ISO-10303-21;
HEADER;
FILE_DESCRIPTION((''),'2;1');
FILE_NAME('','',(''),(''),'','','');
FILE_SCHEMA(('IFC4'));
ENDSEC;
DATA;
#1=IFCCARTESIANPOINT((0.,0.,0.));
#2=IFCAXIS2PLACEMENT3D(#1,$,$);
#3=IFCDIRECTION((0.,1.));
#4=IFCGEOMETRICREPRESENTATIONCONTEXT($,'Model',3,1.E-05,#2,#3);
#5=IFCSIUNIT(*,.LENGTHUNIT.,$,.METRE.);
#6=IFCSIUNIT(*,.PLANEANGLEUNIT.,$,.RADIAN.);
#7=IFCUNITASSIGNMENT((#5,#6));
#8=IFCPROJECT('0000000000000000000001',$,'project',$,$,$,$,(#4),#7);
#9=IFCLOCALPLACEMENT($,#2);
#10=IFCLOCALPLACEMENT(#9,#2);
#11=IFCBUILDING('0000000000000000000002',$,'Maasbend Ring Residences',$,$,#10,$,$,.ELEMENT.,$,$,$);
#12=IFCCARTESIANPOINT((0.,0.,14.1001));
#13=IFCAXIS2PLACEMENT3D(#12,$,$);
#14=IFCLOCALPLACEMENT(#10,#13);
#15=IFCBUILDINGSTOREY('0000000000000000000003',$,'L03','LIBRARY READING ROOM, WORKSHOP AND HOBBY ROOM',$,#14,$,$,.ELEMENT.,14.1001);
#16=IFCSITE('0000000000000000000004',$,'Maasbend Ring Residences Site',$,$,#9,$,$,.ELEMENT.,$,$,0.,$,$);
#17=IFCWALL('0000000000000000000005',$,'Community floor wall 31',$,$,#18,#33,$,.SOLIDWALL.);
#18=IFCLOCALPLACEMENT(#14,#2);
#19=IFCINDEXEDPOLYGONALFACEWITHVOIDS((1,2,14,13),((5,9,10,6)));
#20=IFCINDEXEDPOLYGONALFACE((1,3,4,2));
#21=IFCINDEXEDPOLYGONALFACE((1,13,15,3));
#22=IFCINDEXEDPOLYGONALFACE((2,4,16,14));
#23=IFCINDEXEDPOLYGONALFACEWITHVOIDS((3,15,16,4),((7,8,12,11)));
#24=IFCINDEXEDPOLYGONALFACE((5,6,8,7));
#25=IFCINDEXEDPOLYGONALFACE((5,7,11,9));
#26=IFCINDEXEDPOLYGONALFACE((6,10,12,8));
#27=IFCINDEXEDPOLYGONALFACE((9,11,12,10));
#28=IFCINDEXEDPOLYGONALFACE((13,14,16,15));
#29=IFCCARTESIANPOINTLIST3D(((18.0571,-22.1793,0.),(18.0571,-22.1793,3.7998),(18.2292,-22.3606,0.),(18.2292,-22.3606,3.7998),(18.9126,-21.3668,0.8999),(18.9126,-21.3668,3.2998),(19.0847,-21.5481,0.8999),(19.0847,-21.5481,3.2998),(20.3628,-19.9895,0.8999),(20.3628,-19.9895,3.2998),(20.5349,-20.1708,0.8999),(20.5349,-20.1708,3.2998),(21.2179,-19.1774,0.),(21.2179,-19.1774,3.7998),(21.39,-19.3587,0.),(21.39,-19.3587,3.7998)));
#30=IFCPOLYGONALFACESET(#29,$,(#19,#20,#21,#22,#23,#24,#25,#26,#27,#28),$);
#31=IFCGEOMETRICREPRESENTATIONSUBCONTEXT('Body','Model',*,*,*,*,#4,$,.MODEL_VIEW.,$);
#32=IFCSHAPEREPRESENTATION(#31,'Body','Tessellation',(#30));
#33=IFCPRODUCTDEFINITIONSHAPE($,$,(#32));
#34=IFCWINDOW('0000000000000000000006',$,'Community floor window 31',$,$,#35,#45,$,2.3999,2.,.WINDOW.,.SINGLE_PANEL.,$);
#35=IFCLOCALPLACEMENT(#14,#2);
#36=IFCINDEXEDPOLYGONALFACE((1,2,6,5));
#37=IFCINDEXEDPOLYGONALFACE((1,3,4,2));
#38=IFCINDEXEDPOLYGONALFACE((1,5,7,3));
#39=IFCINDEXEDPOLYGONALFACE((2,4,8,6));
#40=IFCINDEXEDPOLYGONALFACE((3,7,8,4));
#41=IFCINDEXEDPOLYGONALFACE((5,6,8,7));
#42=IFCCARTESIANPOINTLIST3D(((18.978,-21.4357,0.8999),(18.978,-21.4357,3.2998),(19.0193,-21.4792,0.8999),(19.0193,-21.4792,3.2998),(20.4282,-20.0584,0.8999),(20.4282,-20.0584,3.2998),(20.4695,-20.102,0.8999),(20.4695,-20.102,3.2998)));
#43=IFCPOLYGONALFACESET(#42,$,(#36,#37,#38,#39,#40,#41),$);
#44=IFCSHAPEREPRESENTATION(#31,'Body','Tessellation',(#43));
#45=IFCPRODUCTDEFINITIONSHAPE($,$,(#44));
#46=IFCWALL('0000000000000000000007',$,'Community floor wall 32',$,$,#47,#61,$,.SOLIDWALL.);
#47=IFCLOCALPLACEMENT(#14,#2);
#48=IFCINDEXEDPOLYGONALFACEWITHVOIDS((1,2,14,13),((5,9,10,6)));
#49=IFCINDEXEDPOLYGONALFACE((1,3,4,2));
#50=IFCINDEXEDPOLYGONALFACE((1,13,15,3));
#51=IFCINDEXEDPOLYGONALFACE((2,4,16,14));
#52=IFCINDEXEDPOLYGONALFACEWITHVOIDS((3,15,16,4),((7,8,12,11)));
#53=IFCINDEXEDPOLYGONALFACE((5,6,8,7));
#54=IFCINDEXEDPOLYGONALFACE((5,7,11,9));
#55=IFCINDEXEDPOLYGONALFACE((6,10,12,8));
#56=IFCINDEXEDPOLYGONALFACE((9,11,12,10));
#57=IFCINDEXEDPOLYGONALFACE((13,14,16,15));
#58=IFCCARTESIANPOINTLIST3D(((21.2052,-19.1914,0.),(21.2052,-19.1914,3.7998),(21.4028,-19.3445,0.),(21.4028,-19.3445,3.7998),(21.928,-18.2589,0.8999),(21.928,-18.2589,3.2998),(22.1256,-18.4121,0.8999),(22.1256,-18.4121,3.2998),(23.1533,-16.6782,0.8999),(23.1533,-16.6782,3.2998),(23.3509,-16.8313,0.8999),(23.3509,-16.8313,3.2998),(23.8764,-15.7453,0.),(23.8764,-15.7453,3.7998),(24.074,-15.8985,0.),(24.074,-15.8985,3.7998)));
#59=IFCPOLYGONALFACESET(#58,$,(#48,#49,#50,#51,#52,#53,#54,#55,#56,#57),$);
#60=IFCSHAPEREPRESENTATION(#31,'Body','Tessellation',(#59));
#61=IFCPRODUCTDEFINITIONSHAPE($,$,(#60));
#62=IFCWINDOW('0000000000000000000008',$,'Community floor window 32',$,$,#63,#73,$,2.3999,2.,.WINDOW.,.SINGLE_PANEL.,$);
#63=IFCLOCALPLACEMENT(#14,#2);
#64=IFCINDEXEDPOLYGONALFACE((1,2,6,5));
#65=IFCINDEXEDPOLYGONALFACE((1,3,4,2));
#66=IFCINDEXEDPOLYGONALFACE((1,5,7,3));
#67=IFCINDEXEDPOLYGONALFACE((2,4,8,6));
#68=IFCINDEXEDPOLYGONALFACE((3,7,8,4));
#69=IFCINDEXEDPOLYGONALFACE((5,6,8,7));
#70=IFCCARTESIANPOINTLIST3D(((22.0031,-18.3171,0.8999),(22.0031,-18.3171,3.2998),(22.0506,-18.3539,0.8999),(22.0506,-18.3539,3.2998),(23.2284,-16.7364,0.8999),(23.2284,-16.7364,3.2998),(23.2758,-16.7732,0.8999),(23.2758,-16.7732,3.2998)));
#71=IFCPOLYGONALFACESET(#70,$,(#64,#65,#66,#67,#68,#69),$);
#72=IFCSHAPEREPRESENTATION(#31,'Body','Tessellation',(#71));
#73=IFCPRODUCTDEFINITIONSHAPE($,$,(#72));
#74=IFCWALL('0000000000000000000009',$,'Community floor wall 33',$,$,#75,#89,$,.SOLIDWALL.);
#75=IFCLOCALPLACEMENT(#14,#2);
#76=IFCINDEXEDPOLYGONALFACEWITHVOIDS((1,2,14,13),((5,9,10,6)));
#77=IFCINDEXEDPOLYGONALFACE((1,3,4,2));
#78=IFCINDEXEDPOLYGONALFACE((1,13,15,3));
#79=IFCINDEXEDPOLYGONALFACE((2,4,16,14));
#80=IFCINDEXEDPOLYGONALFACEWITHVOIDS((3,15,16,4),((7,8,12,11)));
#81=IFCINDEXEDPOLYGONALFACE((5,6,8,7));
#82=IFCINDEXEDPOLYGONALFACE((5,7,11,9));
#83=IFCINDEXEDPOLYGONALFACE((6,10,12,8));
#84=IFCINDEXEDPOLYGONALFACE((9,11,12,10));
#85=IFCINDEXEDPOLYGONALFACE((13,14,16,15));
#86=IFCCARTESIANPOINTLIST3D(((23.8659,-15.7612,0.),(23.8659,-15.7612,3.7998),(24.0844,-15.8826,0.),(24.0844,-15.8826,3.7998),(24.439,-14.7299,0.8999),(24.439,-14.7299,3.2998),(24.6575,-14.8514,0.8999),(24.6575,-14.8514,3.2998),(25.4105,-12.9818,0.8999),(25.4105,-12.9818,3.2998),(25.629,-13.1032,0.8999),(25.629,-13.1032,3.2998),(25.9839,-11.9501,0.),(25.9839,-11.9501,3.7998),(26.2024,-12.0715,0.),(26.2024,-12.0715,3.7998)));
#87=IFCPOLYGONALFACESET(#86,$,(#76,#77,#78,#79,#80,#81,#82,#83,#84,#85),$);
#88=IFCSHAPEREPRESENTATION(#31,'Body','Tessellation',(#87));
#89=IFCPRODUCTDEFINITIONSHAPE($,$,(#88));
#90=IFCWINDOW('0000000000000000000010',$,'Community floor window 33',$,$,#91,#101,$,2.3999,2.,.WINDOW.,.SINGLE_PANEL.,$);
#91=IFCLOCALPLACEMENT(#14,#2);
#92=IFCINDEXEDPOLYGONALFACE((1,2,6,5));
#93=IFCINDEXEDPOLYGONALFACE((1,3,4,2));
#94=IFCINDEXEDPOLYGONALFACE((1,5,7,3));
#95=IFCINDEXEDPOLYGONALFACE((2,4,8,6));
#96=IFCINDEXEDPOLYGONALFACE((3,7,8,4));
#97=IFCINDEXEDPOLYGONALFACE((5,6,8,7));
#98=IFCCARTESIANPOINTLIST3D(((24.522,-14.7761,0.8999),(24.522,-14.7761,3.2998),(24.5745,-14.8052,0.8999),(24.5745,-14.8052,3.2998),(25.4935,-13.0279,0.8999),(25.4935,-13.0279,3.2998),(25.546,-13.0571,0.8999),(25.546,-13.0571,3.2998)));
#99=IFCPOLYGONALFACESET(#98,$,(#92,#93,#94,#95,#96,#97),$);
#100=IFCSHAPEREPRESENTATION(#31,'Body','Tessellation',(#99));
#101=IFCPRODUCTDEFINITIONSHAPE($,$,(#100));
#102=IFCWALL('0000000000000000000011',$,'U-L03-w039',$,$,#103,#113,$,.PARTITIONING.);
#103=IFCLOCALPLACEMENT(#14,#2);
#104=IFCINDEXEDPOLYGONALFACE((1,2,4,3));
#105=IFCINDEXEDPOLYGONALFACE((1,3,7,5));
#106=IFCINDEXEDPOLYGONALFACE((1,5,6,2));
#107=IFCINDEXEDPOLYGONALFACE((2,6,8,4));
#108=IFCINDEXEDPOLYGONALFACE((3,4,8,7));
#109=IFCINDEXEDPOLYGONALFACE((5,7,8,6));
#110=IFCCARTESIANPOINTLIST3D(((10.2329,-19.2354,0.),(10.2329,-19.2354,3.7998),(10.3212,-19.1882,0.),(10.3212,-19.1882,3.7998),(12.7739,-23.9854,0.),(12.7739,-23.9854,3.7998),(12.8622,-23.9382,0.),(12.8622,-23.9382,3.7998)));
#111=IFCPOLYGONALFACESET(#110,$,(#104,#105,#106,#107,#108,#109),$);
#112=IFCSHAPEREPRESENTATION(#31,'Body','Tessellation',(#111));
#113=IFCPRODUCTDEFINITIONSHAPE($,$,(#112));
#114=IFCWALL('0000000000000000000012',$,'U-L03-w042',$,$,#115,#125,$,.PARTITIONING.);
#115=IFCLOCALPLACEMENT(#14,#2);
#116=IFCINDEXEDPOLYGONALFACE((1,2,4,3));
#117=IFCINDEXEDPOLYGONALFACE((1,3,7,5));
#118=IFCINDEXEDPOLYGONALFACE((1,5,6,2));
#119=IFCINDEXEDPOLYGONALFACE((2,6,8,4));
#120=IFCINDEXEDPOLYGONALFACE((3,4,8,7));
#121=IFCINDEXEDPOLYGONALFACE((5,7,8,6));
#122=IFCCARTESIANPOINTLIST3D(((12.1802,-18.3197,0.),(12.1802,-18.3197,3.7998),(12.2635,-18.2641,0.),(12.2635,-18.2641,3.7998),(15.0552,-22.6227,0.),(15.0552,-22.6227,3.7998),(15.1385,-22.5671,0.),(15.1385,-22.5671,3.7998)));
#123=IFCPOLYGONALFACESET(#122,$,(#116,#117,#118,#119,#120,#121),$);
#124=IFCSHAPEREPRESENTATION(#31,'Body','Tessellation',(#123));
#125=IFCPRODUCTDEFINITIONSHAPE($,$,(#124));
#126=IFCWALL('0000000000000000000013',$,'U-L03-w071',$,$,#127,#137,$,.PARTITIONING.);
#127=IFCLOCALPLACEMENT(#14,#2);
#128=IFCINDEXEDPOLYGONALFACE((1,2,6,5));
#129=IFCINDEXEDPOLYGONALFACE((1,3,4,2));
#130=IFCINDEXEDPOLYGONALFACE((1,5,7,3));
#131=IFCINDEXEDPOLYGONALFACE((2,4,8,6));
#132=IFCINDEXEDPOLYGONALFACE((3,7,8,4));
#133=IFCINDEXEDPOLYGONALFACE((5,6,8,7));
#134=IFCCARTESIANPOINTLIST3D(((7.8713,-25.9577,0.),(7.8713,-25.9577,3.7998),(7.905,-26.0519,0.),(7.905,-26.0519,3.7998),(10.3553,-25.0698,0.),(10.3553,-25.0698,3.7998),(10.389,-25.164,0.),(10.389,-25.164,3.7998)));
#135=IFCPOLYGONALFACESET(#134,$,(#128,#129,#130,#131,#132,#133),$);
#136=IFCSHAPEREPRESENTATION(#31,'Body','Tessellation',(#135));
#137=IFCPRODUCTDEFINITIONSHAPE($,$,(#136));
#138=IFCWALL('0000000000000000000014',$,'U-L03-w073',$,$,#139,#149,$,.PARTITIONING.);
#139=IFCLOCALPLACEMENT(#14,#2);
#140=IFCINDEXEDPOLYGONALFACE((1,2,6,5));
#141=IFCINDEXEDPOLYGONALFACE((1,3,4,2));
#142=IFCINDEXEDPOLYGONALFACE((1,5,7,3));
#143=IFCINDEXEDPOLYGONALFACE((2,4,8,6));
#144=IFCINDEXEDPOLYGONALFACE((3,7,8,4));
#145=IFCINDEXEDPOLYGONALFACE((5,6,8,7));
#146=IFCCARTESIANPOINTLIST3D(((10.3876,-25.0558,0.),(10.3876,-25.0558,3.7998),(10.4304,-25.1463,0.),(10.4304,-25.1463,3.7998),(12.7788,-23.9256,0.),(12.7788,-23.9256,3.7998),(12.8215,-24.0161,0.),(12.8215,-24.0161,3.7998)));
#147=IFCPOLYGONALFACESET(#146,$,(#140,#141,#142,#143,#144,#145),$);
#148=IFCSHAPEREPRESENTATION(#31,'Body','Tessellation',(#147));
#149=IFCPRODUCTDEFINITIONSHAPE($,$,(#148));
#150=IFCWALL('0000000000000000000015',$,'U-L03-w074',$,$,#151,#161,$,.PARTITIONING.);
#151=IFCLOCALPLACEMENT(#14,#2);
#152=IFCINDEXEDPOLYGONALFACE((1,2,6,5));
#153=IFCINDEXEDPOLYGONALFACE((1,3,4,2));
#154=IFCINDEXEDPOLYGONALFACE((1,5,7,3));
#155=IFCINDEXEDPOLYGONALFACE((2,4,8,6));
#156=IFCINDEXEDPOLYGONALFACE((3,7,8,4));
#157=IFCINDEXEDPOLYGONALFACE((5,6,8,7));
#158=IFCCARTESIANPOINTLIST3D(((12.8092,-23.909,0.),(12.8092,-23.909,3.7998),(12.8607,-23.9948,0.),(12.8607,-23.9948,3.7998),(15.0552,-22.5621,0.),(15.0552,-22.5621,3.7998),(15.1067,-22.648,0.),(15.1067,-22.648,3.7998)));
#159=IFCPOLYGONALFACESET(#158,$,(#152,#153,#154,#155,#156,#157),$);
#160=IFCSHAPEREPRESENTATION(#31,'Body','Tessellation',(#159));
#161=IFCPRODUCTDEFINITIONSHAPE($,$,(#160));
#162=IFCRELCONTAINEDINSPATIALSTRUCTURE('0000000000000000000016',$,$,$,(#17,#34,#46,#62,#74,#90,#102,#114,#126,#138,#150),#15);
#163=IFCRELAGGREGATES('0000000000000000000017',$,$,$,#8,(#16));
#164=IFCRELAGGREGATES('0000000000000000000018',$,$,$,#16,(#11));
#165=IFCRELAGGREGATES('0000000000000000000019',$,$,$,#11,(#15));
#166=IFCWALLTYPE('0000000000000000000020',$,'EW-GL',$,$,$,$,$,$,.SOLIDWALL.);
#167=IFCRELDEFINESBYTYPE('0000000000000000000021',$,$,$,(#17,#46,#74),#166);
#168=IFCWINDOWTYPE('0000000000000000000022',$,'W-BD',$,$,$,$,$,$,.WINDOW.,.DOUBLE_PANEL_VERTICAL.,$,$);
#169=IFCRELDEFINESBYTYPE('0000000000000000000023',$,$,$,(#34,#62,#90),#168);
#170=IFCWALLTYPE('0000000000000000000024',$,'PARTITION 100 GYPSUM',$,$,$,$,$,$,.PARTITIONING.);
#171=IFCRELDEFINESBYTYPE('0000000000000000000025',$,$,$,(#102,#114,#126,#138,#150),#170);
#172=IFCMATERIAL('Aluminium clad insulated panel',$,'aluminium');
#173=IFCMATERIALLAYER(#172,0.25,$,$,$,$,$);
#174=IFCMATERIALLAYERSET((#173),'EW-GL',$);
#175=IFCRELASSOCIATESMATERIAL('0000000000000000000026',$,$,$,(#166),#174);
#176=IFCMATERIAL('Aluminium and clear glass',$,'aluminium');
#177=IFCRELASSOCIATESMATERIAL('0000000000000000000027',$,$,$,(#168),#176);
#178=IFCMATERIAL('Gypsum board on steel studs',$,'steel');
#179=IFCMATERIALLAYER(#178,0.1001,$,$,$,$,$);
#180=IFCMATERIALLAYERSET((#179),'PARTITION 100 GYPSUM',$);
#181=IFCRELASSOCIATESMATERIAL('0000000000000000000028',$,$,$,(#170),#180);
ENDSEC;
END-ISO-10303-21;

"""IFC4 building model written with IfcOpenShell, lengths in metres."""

from ifc_helpers import new_model, si_unit, direction, frame, frame_2d, origin, place, context, subcontext, project, spatial, rectangle, extrude, material, layer, layer_set, type_object, element, fill, save


model = new_model("IFC4")

# Units and contexts
model_context = context("Model", 3, precision=1e-05, world=origin(), true_north=direction((0.0, 1.0)))
body_context = subcontext(model_context, "Body", "Model", "MODEL_VIEW")
ifc_project = project(units=[si_unit("LENGTHUNIT", "METRE"), si_unit("PLANEANGLEUNIT", "RADIAN")], contexts=[model_context])

# Site, building, storey
site_placement = place(None, origin())
site = spatial("IfcSite", under=ifc_project, at=site_placement, Name="Maasbend Ring Residences Site", CompositionType="ELEMENT", RefElevation=0.0)
building_placement = place(site_placement, origin())
building = spatial("IfcBuilding", under=site, at=building_placement, Name="Maasbend Ring Residences", CompositionType="ELEMENT")
storey_placement = place(building_placement, frame((0.0, 0.0, 14.1001)))
storey = spatial("IfcBuildingStorey", under=building, at=storey_placement, Name="L03", Description="LIBRARY READING ROOM, WORKSHOP AND HOBBY ROOM", CompositionType="ELEMENT", Elevation=14.1001)

# Walls, openings, windows
ifc_material_1 = material(Name="Aluminium clad insulated panel", Category="aluminium")
ifc_layer_1 = layer(ifc_material_1, 0.25)
ifc_layer_set_1 = layer_set([ifc_layer_1], Name="EW-GL")
wall_type_1 = type_object("IfcWallType", Name="EW-GL", PredefinedType="SOLIDWALL", material=ifc_layer_set_1)
ifc_material_2 = material(Name="Aluminium and clear glass", Category="aluminium")
window_type = type_object("IfcWindowType", Name="W-BD", PartitioningType="DOUBLE_PANEL_VERTICAL", PredefinedType="WINDOW", material=ifc_material_2)
wall_1_placement = place(storey_placement, frame((18.1431, -22.27, 0.0), z_axis=(0.0, 0.0, 1.0), x_axis=(0.725102, 0.688642, 0.0)))
wall_1 = element("IfcWall", 1, at=wall_1_placement, inside=storey, type_object=wall_type_1, Name="Community floor wall 31", PredefinedType="SOLIDWALL", context=body_context, shape_type="SweptSolid", body=[
    extrude(rectangle(XDim=4.3591, YDim=0.25, at=frame_2d((2.1797, 0.0))), origin(), (0.0, 0.0, 1.0), 3.7998),
])
opening_1_placement = place(wall_1_placement, frame((1.1799, 0.0, 0.8999)))
opening_1 = element("IfcOpeningElement", 2, at=opening_1_placement, cuts=wall_1, PredefinedType="OPENING", context=body_context, shape_type="SweptSolid", body=[
    extrude(rectangle(XDim=2.0, YDim=2.3999, at=frame_2d((1.0, 1.2))), frame((0.0, 0.135, 0.0), z_axis=(0.0, -1.0, 0.0), x_axis=(1.0, 0.0, 0.0)), (0.0, 0.0, 1.0), 0.27),
])
window_1_placement = place(opening_1_placement, origin())
window_1 = element("IfcWindow", 3, at=window_1_placement, inside=storey, type_object=window_type, Name="Community floor window 31", OverallHeight=2.3999, OverallWidth=2.0, PartitioningType="SINGLE_PANEL", PredefinedType="WINDOW", context=body_context, shape_type="SweptSolid", body=[
    extrude(rectangle(XDim=2.0, YDim=2.3999, at=frame_2d((1.0, 1.2))), frame((0.0, 0.03, 0.0), z_axis=(0.0, -1.0, 0.0), x_axis=(1.0, 0.0, 0.0)), (0.0, 0.0, 1.0), 0.0601),
])
fill(opening_1, window_1)
wall_2_placement = place(storey_placement, frame((21.304, -19.2681, 0.0), z_axis=(0.0, 0.0, 1.0), x_axis=(0.612637, 0.790364, 0.0)))
wall_2 = element("IfcWall", 4, at=wall_2_placement, inside=storey, type_object=wall_type_1, Name="Community floor wall 32", PredefinedType="SOLIDWALL", context=body_context, shape_type="SweptSolid", body=[
    extrude(rectangle(XDim=4.3601, YDim=0.25, at=frame_2d((2.1802, 0.0))), origin(), (0.0, 0.0, 1.0), 3.7998),
])
opening_2_placement = place(wall_2_placement, frame((1.1799, 0.0, 0.8999)))
opening_2 = element("IfcOpeningElement", 5, at=opening_2_placement, cuts=wall_2, PredefinedType="OPENING", context=body_context, shape_type="SweptSolid", body=[
    extrude(rectangle(XDim=2.0, YDim=2.3999, at=frame_2d((1.0, 1.2))), frame((0.0, 0.135, 0.0), z_axis=(0.0, -1.0, 0.0), x_axis=(1.0, 0.0, 0.0)), (0.0, 0.0, 1.0), 0.27),
])
window_2_placement = place(opening_2_placement, origin())
window_2 = element("IfcWindow", 6, at=window_2_placement, inside=storey, type_object=window_type, Name="Community floor window 32", OverallHeight=2.3999, OverallWidth=2.0, PartitioningType="SINGLE_PANEL", PredefinedType="WINDOW", context=body_context, shape_type="SweptSolid", body=[
    extrude(rectangle(XDim=2.0, YDim=2.3999, at=frame_2d((1.0, 1.2))), frame((0.0, 0.03, 0.0), z_axis=(0.0, -1.0, 0.0), x_axis=(1.0, 0.0, 0.0)), (0.0, 0.0, 1.0), 0.0601),
])
fill(opening_2, window_2)
wall_3_placement = place(storey_placement, frame((23.9751, -15.822, 0.0), z_axis=(0.0, 0.0, 1.0), x_axis=(0.485762, 0.874091, 0.0)))
wall_3 = element("IfcWall", 7, at=wall_3_placement, inside=storey, type_object=wall_type_1, Name="Community floor wall 33", PredefinedType="SOLIDWALL", context=body_context, shape_type="SweptSolid", body=[
    extrude(rectangle(XDim=4.3601, YDim=0.25, at=frame_2d((2.1802, 0.0))), origin(), (0.0, 0.0, 1.0), 3.7998),
])
opening_3_placement = place(wall_3_placement, frame((1.1799, 0.0, 0.8999)))
opening_3 = element("IfcOpeningElement", 8, at=opening_3_placement, cuts=wall_3, PredefinedType="OPENING", context=body_context, shape_type="SweptSolid", body=[
    extrude(rectangle(XDim=2.0, YDim=2.3999, at=frame_2d((1.0, 1.2))), frame((0.0, 0.135, 0.0), z_axis=(0.0, -1.0, 0.0), x_axis=(1.0, 0.0, 0.0)), (0.0, 0.0, 1.0), 0.27),
])
window_3_placement = place(opening_3_placement, origin())
window_3 = element("IfcWindow", 9, at=window_3_placement, inside=storey, type_object=window_type, Name="Community floor window 33", OverallHeight=2.3999, OverallWidth=2.0, PartitioningType="SINGLE_PANEL", PredefinedType="WINDOW", context=body_context, shape_type="SweptSolid", body=[
    extrude(rectangle(XDim=2.0, YDim=2.3999, at=frame_2d((1.0, 1.2))), frame((0.0, 0.03, 0.0), z_axis=(0.0, -1.0, 0.0), x_axis=(1.0, 0.0, 0.0)), (0.0, 0.0, 1.0), 0.0601),
])
fill(opening_3, window_3)

# Walls
ifc_material_3 = material(Name="Gypsum board on steel studs", Category="steel")
ifc_layer_2 = layer(ifc_material_3, 0.1001)
ifc_layer_set_2 = layer_set([ifc_layer_2], Name="PARTITION 100 GYPSUM")
wall_type_2 = type_object("IfcWallType", Name="PARTITION 100 GYPSUM", PredefinedType="PARTITIONING", material=ifc_layer_set_2)
wall_4_placement = place(storey_placement, frame((10.2771, -19.2119, 0.0), z_axis=(0.0, 0.0, 1.0), x_axis=(0.471698, -0.88176, 0.0)))
element("IfcWall", 10, at=wall_4_placement, inside=storey, type_object=wall_type_2, Name="U-L03-w039", PredefinedType="PARTITIONING", context=body_context, shape_type="SweptSolid", body=[
    extrude(rectangle(XDim=5.387, YDim=0.1001, at=frame_2d((2.6934, 0.0))), origin(), (0.0, 0.0, 1.0), 3.7998),
])
wall_5_placement = place(storey_placement, frame((12.2219, -18.292, 0.0), z_axis=(0.0, 0.0, 1.0), x_axis=(0.555549, -0.831484, 0.0)))
element("IfcWall", 11, at=wall_5_placement, inside=storey, type_object=wall_type_2, Name="U-L03-w042", PredefinedType="PARTITIONING", context=body_context, shape_type="SweptSolid", body=[
    extrude(rectangle(XDim=5.175, YDim=0.1001, at=frame_2d((2.5874, 0.0))), origin(), (0.0, 0.0, 1.0), 3.7998),
])
wall_6_placement = place(storey_placement, frame((10.3721, -25.1169, 0.0), z_axis=(0.0, 0.0, 1.0), x_axis=(-0.941652, -0.336588, 0.0)))
element("IfcWall", 12, at=wall_6_placement, inside=storey, type_object=wall_type_2, Name="U-L03-w071", PredefinedType="PARTITIONING", context=body_context, shape_type="SweptSolid", body=[
    extrude(rectangle(XDim=2.6379, YDim=0.1001, at=frame_2d((1.3188, 0.0))), origin(), (0.0, 0.0, 1.0), 3.7998),
])
wall_7_placement = place(storey_placement, frame((12.8, -23.9709, 0.0), z_axis=(0.0, 0.0, 1.0), x_axis=(-0.904104, -0.427312, 0.0)))
element("IfcWall", 13, at=wall_7_placement, inside=storey, type_object=wall_type_2, Name="U-L03-w073", PredefinedType="PARTITIONING", context=body_context, shape_type="SweptSolid", body=[
    extrude(rectangle(XDim=2.6448, YDim=0.1001, at=frame_2d((1.3223, 0.0))), origin(), (0.0, 0.0, 1.0), 3.7998),
])
wall_8_placement = place(storey_placement, frame((15.0811, -22.605, 0.0), z_axis=(0.0, 0.0, 1.0), x_axis=(-0.857616, -0.51429, 0.0)))
element("IfcWall", 14, at=wall_8_placement, inside=storey, type_object=wall_type_2, Name="U-L03-w074", PredefinedType="PARTITIONING", context=body_context, shape_type="SweptSolid", body=[
    extrude(rectangle(XDim=2.6189, YDim=0.1001, at=frame_2d((1.3096, 0.0))), origin(), (0.0, 0.0, 1.0), 3.7998),
])

save(model, "model.ifc")
